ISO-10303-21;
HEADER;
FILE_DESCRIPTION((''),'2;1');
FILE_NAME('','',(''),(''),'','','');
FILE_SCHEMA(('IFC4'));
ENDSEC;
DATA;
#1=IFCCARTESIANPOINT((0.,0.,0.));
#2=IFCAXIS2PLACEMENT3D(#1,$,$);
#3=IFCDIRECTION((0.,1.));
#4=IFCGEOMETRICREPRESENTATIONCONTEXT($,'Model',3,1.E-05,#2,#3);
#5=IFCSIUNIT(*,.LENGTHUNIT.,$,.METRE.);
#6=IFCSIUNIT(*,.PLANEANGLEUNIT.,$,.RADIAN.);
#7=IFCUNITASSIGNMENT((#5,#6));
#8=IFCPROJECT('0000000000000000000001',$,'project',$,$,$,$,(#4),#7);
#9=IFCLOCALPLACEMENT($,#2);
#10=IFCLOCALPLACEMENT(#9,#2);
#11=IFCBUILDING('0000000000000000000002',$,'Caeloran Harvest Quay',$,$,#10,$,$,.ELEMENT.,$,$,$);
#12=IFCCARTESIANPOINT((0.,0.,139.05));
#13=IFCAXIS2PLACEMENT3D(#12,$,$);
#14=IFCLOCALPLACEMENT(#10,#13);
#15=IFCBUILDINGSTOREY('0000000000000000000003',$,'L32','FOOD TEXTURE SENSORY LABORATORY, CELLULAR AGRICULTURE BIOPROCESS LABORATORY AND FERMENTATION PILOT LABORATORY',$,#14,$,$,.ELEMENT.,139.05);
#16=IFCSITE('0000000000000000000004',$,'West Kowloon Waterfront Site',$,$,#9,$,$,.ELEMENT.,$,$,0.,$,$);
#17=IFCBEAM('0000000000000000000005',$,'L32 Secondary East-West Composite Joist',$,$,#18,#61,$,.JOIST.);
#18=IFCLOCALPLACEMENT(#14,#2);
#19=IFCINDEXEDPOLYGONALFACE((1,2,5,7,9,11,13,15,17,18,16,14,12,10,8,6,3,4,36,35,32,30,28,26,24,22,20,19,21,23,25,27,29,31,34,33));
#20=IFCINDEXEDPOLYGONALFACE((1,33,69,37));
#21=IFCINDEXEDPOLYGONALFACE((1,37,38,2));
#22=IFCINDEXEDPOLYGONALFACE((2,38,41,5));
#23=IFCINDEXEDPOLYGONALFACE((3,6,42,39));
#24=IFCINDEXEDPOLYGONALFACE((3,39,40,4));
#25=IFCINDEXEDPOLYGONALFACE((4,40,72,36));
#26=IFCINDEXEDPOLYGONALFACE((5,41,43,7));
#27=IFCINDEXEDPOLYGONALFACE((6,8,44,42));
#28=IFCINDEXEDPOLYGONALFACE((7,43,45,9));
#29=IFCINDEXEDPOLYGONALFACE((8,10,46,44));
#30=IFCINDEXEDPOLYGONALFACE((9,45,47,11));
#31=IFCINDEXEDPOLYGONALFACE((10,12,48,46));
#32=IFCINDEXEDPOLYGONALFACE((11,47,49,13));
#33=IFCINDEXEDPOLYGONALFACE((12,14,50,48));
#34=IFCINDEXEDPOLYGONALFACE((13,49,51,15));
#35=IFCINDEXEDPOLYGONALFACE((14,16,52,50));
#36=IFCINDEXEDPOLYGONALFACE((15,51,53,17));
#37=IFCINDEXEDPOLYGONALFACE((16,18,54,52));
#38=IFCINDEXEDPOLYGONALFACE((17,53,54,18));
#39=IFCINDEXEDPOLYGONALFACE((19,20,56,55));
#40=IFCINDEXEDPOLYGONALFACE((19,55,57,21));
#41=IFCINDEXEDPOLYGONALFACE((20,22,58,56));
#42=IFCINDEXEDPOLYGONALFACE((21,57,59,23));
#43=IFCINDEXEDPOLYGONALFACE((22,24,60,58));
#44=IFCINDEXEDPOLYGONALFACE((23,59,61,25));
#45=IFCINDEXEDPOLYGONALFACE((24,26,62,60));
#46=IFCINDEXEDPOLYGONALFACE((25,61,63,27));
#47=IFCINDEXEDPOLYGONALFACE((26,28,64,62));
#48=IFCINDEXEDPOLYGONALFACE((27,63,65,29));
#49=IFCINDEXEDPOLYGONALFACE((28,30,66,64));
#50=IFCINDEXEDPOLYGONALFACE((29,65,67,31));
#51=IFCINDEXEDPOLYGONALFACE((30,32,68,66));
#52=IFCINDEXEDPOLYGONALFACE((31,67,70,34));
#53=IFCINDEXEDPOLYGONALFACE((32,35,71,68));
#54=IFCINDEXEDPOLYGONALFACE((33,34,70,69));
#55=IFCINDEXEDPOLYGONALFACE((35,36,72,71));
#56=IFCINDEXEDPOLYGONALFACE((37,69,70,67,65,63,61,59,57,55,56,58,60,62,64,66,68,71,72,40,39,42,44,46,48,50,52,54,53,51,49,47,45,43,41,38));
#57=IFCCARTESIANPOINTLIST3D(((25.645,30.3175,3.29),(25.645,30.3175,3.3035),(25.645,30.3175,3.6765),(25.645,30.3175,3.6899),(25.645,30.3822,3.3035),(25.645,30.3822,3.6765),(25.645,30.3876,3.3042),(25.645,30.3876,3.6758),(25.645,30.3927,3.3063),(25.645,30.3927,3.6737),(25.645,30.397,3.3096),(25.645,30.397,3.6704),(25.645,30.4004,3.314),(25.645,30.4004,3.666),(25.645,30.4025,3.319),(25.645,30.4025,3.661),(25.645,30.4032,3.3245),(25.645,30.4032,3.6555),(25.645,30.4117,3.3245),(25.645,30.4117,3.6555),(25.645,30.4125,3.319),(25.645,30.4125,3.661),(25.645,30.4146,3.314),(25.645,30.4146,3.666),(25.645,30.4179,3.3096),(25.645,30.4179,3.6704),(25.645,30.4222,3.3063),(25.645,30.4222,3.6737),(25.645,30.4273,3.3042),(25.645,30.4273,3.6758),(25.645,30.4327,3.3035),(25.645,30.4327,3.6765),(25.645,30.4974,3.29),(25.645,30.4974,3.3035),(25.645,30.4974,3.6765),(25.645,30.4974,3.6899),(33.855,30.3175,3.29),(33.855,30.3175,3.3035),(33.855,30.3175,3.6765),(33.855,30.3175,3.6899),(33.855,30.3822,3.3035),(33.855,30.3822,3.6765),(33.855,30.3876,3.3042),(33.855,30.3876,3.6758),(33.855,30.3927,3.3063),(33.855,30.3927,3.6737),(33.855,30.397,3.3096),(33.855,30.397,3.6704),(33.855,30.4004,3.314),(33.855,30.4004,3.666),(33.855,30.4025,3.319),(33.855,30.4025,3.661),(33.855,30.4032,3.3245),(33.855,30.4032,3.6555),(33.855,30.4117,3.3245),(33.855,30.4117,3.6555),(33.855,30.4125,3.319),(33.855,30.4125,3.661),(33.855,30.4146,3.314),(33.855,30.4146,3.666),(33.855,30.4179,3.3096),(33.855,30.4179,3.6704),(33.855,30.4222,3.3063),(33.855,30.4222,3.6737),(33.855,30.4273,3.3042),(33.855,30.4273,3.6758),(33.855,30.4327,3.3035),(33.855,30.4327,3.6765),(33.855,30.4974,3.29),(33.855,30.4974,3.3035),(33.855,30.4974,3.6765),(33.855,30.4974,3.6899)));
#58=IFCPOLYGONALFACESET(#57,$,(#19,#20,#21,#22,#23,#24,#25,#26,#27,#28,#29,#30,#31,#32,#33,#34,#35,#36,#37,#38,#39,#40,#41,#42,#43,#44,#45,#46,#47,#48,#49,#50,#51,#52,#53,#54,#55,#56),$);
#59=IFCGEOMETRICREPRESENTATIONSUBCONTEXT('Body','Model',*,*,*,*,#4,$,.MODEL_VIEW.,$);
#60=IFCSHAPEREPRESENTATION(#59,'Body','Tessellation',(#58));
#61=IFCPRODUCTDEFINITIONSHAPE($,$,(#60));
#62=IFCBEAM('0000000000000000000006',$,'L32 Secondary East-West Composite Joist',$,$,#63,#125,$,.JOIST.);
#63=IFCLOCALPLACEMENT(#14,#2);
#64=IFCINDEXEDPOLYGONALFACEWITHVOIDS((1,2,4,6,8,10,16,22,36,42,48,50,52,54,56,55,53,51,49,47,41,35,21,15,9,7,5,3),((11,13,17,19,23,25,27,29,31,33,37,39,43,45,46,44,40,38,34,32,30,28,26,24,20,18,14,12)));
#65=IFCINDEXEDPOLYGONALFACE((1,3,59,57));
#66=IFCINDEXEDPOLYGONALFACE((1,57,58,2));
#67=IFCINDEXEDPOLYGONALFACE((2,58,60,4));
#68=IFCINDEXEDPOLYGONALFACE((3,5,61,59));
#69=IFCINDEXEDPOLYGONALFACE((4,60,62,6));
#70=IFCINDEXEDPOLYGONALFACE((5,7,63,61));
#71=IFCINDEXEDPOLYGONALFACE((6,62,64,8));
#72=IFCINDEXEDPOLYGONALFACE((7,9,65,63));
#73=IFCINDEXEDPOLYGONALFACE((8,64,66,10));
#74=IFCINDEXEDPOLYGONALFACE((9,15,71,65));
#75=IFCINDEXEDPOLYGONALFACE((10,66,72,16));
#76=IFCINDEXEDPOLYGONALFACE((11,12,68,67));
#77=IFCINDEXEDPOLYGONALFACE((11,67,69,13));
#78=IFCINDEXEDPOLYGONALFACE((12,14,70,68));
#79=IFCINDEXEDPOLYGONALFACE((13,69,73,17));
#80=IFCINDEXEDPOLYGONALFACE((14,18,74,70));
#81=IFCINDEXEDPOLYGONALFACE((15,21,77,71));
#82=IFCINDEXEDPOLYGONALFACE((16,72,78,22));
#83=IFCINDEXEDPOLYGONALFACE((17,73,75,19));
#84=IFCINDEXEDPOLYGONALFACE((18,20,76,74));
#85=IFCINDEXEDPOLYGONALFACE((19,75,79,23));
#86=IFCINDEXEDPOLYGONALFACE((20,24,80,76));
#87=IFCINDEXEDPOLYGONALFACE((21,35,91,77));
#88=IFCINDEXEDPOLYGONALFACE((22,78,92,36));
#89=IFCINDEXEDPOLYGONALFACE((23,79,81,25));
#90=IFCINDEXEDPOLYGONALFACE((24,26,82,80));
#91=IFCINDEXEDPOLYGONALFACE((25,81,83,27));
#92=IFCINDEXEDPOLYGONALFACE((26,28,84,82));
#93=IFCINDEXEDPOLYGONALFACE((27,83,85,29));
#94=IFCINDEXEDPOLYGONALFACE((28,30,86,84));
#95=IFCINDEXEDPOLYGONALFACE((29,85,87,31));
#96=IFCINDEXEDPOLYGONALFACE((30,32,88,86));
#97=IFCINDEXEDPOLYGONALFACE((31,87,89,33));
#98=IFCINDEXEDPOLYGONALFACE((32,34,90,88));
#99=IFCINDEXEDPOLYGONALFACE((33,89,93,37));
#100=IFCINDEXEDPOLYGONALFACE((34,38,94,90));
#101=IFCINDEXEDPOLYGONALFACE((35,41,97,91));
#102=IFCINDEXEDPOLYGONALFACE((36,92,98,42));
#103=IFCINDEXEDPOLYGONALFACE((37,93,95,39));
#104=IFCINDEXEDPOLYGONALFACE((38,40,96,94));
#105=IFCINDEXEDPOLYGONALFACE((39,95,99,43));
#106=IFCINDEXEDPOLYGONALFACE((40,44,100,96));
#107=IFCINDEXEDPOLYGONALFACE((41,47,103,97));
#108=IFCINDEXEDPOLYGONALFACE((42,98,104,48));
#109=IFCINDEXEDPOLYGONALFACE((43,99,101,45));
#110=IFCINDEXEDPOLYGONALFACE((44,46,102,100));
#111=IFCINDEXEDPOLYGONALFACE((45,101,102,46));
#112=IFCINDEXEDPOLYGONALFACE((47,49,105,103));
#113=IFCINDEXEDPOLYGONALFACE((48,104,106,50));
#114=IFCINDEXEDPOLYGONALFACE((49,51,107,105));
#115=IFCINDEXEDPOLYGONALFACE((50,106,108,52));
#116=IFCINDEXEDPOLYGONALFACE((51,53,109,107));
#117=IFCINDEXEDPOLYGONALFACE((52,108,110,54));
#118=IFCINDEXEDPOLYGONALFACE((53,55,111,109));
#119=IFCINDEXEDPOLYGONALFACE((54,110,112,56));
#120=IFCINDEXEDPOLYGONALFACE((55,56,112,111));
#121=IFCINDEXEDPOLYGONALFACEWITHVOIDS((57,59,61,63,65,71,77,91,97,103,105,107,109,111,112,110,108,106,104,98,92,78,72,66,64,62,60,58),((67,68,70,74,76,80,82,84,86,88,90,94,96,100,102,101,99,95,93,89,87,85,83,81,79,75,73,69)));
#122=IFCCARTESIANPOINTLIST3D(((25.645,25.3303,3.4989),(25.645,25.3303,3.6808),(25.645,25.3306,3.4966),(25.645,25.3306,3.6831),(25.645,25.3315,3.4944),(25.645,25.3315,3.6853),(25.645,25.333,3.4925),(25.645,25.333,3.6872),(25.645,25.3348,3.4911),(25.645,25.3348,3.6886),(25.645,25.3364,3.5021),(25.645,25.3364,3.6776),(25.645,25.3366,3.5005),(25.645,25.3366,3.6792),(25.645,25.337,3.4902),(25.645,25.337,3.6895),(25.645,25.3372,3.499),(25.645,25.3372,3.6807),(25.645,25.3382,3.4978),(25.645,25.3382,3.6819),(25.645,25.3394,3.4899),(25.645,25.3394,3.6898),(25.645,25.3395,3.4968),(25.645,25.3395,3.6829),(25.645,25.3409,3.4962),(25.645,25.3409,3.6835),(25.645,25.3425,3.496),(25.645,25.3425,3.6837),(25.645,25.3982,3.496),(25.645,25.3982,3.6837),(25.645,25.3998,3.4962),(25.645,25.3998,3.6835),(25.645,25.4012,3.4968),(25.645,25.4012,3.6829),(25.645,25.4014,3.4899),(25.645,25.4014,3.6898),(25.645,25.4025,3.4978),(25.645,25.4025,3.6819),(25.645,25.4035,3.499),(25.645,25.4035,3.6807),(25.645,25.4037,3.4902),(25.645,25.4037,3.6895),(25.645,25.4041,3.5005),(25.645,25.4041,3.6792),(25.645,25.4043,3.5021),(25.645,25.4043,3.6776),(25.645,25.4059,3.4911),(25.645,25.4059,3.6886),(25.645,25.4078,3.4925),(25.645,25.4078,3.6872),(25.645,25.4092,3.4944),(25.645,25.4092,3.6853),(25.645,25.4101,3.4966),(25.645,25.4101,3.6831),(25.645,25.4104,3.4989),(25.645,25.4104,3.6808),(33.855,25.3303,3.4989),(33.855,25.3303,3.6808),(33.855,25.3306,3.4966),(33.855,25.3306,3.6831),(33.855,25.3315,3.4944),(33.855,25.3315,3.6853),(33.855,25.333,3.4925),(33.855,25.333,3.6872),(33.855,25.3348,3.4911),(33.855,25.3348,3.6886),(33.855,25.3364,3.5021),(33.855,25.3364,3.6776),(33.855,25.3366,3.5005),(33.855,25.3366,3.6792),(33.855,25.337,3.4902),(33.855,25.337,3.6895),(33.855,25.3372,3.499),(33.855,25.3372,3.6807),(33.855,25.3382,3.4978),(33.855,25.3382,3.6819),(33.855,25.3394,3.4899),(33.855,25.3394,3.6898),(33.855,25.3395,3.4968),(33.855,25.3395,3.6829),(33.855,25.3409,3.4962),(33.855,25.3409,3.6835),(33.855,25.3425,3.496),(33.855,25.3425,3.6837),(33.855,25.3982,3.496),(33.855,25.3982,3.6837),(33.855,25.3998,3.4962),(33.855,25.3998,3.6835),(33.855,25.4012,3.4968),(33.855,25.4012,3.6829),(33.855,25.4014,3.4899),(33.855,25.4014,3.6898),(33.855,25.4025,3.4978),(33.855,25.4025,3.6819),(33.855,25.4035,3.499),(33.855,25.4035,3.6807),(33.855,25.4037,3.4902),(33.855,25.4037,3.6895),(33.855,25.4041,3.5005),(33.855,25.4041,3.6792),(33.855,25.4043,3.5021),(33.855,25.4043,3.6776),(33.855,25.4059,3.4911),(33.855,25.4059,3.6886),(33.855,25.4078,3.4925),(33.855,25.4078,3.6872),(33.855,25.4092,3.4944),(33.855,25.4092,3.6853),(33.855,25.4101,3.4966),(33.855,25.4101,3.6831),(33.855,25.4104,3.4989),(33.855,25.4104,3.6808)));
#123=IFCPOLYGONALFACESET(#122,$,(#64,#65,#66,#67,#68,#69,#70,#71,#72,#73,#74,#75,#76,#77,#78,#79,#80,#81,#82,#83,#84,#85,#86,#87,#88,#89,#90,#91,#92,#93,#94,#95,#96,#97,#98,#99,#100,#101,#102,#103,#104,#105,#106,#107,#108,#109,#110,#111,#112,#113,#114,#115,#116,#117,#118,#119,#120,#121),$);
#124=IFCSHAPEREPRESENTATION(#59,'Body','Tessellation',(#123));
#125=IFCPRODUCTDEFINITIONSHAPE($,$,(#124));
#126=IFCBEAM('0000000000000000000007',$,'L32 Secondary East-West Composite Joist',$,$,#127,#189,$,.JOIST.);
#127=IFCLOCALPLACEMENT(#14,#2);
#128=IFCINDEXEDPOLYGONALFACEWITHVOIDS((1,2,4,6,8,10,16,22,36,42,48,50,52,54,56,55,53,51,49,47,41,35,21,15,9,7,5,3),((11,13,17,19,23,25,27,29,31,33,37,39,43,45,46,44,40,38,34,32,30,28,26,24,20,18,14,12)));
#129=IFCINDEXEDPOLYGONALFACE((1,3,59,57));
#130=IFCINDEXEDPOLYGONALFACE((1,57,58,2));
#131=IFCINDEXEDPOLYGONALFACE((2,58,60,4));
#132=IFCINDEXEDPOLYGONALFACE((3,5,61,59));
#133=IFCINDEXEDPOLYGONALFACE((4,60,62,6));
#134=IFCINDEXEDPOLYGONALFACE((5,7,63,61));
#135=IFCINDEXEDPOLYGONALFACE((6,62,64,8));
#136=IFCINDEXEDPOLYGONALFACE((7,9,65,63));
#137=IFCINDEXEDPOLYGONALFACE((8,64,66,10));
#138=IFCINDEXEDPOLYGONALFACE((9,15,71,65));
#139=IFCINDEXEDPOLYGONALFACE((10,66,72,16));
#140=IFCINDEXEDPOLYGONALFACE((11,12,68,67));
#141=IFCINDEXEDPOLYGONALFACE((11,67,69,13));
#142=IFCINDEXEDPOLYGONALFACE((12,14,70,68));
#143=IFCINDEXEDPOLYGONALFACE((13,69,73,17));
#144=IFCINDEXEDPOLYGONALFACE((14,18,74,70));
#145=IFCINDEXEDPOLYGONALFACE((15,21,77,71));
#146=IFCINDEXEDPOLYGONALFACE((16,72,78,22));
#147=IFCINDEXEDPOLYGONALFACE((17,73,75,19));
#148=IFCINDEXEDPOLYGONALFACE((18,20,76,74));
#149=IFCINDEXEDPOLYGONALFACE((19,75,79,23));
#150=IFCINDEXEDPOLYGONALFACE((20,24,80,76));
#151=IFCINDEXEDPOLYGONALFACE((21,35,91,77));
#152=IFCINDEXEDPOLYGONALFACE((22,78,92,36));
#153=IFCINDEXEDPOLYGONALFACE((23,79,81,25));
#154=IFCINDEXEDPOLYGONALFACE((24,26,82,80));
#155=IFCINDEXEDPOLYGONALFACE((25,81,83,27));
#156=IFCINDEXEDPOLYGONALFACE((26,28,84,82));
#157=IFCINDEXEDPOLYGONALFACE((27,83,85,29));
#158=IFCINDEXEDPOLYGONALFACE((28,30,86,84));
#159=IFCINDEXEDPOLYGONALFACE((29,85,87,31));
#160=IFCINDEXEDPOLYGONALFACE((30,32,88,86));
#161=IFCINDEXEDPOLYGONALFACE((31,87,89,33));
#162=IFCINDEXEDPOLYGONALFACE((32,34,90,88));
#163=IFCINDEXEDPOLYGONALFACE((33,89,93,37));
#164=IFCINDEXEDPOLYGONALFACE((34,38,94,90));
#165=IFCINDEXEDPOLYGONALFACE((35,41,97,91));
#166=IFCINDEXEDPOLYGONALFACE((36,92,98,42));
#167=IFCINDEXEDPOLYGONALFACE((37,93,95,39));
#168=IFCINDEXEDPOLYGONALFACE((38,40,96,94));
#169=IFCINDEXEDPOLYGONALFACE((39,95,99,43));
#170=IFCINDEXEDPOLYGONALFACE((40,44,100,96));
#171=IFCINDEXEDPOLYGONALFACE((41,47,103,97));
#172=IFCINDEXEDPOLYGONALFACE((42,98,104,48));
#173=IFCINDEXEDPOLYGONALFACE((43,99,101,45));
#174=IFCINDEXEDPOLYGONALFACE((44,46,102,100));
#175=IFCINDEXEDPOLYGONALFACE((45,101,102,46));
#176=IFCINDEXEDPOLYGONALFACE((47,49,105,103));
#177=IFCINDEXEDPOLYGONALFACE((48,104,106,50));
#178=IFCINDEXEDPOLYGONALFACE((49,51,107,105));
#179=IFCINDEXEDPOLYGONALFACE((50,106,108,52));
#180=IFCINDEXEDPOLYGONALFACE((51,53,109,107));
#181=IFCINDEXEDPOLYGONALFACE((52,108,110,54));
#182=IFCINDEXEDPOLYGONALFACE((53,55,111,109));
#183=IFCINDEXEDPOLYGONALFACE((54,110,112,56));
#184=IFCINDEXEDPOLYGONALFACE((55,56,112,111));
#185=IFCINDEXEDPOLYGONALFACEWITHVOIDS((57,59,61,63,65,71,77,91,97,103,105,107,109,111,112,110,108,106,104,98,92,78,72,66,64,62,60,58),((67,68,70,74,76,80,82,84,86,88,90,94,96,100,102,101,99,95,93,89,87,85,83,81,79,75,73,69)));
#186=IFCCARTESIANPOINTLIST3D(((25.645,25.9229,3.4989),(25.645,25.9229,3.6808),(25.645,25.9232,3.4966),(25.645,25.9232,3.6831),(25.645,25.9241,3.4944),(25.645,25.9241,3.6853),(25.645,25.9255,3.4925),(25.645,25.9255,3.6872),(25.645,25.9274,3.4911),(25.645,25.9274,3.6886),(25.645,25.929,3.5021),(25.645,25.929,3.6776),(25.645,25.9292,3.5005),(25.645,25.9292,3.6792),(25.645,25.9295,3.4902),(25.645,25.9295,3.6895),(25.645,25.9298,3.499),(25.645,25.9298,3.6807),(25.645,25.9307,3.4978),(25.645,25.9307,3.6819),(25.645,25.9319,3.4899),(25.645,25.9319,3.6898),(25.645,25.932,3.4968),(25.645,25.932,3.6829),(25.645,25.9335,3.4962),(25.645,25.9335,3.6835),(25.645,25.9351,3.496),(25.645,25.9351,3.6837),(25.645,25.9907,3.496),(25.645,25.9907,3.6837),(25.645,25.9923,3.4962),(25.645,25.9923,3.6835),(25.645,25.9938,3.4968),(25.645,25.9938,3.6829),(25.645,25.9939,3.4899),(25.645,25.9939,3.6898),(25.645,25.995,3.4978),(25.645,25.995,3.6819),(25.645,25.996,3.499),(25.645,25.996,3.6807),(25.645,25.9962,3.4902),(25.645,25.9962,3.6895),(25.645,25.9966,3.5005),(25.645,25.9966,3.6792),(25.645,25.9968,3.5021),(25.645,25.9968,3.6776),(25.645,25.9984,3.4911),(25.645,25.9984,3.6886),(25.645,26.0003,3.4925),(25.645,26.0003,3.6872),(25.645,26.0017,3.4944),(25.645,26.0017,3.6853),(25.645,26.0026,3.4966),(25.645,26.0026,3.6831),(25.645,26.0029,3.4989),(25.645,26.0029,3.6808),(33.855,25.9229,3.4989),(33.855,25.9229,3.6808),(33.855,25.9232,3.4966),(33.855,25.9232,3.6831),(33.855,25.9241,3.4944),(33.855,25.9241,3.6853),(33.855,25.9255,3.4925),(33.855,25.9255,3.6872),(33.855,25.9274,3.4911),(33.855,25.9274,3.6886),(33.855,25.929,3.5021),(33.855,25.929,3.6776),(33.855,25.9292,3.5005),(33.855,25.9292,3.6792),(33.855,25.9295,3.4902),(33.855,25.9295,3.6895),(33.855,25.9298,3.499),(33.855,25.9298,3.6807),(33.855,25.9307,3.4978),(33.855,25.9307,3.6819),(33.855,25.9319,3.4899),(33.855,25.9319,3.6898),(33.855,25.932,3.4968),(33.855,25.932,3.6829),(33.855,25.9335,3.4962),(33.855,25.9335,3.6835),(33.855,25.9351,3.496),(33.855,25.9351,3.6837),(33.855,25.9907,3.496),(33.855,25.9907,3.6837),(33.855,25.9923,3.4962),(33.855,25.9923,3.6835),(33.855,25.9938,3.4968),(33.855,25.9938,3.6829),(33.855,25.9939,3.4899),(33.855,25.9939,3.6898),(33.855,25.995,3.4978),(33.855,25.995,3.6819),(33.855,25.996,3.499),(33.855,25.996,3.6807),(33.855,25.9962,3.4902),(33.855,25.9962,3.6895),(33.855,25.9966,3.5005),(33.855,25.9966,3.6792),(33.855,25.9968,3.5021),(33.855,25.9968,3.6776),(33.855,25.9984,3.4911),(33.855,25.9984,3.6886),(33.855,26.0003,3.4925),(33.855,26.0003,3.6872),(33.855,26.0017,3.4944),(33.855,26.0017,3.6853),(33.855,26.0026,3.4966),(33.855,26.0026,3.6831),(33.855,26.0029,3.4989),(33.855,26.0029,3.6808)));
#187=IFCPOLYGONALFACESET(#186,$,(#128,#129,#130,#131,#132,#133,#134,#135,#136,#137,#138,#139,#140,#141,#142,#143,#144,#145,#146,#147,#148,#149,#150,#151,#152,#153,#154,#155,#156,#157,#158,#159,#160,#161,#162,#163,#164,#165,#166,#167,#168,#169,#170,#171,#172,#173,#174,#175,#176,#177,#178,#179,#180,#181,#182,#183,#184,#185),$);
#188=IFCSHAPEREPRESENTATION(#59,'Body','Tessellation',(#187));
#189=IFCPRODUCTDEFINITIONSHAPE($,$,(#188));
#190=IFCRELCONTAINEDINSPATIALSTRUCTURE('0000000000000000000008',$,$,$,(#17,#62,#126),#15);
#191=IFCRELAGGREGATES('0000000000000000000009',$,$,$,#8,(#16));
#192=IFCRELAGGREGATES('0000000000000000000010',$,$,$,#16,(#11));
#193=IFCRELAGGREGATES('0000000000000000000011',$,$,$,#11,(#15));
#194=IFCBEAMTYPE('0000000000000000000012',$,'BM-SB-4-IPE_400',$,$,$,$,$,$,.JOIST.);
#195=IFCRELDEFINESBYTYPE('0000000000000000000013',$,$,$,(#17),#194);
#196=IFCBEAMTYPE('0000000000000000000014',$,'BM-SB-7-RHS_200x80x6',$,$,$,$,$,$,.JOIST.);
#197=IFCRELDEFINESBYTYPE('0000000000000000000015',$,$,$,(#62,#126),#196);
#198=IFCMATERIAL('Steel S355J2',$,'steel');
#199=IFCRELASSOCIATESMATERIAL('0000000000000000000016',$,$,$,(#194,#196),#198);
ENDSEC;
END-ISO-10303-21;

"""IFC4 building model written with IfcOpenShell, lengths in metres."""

from ifc_helpers import new_model, si_unit, direction, frame, origin, origin_2d, place, context, subcontext, project, spatial, hollow_rectangle, i_section, extrude, material, material_profile, profile_set, type_object, element, save


model = new_model("IFC4")

# Units and contexts
model_context = context("Model", 3, precision=1e-05, world=origin(), true_north=direction((0.0, 1.0)))
body_context = subcontext(model_context, "Body", "Model", "MODEL_VIEW")
ifc_project = project(units=[si_unit("LENGTHUNIT", "METRE"), si_unit("PLANEANGLEUNIT", "RADIAN")], contexts=[model_context])

# Site, building, storey
site_placement = place(None, origin())
site = spatial("IfcSite", under=ifc_project, at=site_placement, Name="West Kowloon Waterfront Site", CompositionType="ELEMENT", RefElevation=0.0)
building_placement = place(site_placement, origin())
building = spatial("IfcBuilding", under=site, at=building_placement, Name="Caeloran Harvest Quay", CompositionType="ELEMENT")
storey_placement = place(building_placement, frame((0.0, 0.0, 139.05)))
storey = spatial("IfcBuildingStorey", under=building, at=storey_placement, Name="L32", Description="FOOD TEXTURE SENSORY LABORATORY, CELLULAR AGRICULTURE BIOPROCESS LABORATORY AND FERMENTATION PILOT LABORATORY", CompositionType="ELEMENT", Elevation=139.05)

# Beams
ifc_material = material(Name="Steel S355J2", Category="steel")
ifc_material_profile_1 = material_profile(ifc_material, i_section(OverallWidth=0.1799, OverallDepth=0.3999, WebThickness=0.0085, FlangeThickness=0.0134, FilletRadius=0.021, at=origin_2d()), Name="IPE 400")
ifc_profile_set_1 = profile_set([ifc_material_profile_1], Name="Steel S355J2")
beam_type_1 = type_object("IfcBeamType", Name="BM-SB-4-IPE_400", PredefinedType="JOIST", material=ifc_profile_set_1)
for number, where, z_axis, x_axis, name in (
    (1, (25.645, 30.4075, 3.49), (1.0, 0.0, 0.0), (0.0, 1.0, 0.0), "L32 Secondary East-West Composite Joist"),
):
    element("IfcBeam", number, at=place(storey_placement, frame(where, z_axis=z_axis, x_axis=x_axis)), inside=storey, type_object=beam_type_1, Name=name, PredefinedType="JOIST", context=body_context, shape_type="SweptSolid", body=[
        extrude(i_section(OverallWidth=0.1799, OverallDepth=0.3999, WebThickness=0.0085, FlangeThickness=0.0134, FilletRadius=0.021, at=origin_2d()), origin(), (0.0, 0.0, 1.0), 8.21),
    ])
ifc_material_profile_2 = material_profile(ifc_material, hollow_rectangle(XDim=0.0801, YDim=0.2, WallThickness=0.0061, InnerFilletRadius=0.0061, OuterFilletRadius=0.009, at=origin_2d()), Name="RHS 200x80x6")
ifc_profile_set_2 = profile_set([ifc_material_profile_2], Name="Steel S355J2")
beam_type_2 = type_object("IfcBeamType", Name="BM-SB-7-RHS_200x80x6", PredefinedType="JOIST", material=ifc_profile_set_2)
for number, where, z_axis, x_axis, name in (
    (2, (25.645, 25.3704, 3.5898), (1.0, 0.0, 0.0), (0.0, 1.0, 0.0), "L32 Secondary East-West Composite Joist"),
    (3, (25.645, 25.9629, 3.5898), (1.0, 0.0, 0.0), (0.0, 1.0, 0.0), "L32 Secondary East-West Composite Joist"),
):
    element("IfcBeam", number, at=place(storey_placement, frame(where, z_axis=z_axis, x_axis=x_axis)), inside=storey, type_object=beam_type_2, Name=name, PredefinedType="JOIST", context=body_context, shape_type="SweptSolid", body=[
        extrude(hollow_rectangle(XDim=0.0801, YDim=0.2, WallThickness=0.0061, InnerFilletRadius=0.0061, OuterFilletRadius=0.009, at=origin_2d()), origin(), (0.0, 0.0, 1.0), 8.21),
    ])

save(model, "model.ifc")
